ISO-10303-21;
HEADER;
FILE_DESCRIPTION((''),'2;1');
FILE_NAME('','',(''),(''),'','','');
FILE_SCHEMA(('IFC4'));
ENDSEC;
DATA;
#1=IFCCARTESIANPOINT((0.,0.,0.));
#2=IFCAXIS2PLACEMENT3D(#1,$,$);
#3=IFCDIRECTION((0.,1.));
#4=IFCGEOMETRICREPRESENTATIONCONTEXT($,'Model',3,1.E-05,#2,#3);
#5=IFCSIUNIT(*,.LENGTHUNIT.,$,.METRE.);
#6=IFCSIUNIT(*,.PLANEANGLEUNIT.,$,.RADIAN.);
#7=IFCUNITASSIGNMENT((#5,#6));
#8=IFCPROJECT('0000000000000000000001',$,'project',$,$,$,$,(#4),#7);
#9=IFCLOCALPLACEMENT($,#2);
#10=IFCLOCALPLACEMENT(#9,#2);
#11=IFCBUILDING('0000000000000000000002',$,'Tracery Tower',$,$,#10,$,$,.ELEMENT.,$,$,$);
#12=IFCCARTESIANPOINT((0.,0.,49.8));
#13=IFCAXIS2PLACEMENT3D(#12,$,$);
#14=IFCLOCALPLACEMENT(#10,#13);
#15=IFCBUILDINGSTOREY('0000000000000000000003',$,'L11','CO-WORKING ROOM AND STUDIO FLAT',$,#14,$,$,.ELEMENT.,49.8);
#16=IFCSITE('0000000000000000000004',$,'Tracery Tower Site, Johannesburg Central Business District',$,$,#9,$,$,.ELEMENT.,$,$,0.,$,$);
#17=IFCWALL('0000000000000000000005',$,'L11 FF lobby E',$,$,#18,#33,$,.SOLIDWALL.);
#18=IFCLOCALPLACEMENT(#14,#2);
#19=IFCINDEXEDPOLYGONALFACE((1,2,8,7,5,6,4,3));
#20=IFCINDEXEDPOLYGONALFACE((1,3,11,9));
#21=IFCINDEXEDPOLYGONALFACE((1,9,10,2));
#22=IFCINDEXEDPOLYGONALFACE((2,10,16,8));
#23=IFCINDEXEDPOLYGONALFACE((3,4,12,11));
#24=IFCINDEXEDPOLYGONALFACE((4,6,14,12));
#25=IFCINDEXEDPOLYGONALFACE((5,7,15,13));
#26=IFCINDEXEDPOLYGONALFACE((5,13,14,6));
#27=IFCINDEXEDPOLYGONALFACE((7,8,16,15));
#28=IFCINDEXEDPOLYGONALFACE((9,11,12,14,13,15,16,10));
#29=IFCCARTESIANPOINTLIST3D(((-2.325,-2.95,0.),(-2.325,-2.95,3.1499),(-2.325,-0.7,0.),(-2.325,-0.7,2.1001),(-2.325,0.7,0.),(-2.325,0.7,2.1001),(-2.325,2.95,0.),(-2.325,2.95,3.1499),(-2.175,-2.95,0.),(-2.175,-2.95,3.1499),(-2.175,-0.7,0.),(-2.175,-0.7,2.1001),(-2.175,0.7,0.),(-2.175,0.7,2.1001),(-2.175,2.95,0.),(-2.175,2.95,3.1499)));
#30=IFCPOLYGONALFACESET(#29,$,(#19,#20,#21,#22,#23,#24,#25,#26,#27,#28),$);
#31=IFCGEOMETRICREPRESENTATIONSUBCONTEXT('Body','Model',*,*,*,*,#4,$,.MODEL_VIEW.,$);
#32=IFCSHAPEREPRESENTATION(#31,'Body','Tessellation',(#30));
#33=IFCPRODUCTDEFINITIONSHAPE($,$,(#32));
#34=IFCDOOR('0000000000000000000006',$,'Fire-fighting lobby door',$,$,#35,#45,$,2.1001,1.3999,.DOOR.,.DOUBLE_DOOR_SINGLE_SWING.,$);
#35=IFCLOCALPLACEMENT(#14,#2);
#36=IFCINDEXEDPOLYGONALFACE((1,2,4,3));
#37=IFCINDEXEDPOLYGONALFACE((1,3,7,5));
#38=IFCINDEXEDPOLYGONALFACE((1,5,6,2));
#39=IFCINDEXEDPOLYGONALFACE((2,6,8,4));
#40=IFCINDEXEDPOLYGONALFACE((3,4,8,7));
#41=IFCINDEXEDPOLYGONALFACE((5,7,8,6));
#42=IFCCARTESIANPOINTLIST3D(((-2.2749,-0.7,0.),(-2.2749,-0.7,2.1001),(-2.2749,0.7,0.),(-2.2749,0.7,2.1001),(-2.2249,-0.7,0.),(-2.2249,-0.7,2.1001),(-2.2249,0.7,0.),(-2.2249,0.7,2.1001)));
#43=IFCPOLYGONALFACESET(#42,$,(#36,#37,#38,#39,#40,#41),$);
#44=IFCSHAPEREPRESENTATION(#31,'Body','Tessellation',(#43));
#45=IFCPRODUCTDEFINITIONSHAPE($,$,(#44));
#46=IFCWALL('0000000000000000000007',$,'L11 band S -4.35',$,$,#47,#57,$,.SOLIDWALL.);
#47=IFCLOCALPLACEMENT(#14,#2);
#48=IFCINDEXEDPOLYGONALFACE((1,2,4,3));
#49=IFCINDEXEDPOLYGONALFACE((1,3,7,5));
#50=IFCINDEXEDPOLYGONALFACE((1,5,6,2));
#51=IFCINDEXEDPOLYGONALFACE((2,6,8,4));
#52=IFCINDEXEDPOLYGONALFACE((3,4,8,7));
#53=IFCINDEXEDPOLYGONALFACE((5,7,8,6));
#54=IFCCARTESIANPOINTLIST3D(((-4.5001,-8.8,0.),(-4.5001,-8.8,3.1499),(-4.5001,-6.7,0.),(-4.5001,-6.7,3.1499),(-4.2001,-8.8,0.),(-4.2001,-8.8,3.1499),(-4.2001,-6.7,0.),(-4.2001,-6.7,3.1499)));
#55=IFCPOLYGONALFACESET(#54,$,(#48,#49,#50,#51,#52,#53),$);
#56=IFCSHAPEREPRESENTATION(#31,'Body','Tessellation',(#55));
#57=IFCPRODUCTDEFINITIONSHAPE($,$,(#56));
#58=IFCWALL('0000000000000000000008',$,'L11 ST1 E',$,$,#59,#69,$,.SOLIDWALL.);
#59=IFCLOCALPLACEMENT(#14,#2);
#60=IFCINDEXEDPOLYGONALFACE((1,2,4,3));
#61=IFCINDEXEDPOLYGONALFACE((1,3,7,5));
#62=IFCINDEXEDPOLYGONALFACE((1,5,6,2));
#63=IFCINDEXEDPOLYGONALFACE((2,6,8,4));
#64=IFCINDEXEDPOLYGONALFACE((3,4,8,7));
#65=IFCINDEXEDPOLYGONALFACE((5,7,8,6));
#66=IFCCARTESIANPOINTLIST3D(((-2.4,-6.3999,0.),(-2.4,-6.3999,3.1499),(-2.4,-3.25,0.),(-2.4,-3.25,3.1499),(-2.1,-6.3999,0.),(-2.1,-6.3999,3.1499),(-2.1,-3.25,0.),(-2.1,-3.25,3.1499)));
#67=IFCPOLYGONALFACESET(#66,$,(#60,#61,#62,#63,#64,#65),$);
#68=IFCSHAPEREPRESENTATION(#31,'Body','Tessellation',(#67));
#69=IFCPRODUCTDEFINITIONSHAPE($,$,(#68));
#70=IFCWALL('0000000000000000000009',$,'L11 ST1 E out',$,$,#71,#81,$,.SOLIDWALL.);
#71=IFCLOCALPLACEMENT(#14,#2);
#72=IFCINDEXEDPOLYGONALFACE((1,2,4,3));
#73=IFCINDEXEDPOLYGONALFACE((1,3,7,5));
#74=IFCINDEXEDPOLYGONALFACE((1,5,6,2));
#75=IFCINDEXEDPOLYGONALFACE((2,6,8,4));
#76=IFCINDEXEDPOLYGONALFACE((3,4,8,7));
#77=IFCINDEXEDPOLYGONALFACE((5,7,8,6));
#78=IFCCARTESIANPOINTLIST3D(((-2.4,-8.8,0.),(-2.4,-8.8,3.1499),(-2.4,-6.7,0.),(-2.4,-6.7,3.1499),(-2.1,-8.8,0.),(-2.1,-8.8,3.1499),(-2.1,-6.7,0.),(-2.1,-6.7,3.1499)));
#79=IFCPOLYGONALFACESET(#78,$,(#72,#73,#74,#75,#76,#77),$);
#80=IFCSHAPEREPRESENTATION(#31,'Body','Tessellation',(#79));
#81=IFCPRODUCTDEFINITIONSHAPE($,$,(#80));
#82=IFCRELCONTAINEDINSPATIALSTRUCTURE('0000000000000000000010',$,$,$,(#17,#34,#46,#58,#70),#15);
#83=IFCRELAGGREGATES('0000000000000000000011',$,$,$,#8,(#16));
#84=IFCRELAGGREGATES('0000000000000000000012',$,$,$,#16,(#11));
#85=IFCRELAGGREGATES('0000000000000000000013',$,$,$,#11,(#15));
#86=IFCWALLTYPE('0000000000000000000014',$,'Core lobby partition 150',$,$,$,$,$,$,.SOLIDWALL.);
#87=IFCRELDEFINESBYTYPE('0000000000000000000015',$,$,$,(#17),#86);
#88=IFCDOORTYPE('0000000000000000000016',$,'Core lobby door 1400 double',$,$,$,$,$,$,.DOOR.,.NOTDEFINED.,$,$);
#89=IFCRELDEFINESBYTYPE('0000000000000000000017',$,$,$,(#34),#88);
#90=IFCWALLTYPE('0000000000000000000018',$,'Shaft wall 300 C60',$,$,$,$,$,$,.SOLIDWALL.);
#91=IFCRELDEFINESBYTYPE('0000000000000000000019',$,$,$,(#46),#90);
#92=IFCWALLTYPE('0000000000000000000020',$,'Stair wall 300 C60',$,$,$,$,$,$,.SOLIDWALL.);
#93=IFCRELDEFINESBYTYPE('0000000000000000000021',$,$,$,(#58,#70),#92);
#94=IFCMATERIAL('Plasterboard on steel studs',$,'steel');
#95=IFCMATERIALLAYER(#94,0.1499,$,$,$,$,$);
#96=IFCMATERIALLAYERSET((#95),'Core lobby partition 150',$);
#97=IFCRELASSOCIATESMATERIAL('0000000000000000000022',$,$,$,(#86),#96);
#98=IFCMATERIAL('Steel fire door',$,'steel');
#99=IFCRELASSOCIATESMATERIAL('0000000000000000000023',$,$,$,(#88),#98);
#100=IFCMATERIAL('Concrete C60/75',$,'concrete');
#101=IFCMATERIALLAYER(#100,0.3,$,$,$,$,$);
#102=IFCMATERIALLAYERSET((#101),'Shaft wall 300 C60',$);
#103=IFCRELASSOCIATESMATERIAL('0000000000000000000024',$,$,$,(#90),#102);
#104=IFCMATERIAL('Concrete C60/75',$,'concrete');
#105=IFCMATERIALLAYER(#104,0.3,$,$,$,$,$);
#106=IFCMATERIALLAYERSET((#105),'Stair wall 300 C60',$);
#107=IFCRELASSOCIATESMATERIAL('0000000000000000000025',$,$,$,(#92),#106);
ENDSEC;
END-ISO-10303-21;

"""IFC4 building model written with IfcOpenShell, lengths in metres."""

from ifc_helpers import new_model, si_unit, direction, frame, frame_2d, origin, place, context, subcontext, project, spatial, rectangle, extrude, material, layer, layer_set, type_object, element, fill, save


model = new_model("IFC4")

# Units and contexts
model_context = context("Model", 3, precision=1e-05, world=origin(), true_north=direction((0.0, 1.0)))
body_context = subcontext(model_context, "Body", "Model", "MODEL_VIEW")
ifc_project = project(units=[si_unit("LENGTHUNIT", "METRE"), si_unit("PLANEANGLEUNIT", "RADIAN")], contexts=[model_context])

# Site, building, storey
site_placement = place(None, origin())
site = spatial("IfcSite", under=ifc_project, at=site_placement, Name="Tracery Tower Site, Johannesburg Central Business District", CompositionType="ELEMENT", RefElevation=0.0)
building_placement = place(site_placement, origin())
building = spatial("IfcBuilding", under=site, at=building_placement, Name="Tracery Tower", CompositionType="ELEMENT")
storey_placement = place(building_placement, frame((0.0, 0.0, 49.8)))
storey = spatial("IfcBuildingStorey", under=building, at=storey_placement, Name="L11", Description="CO-WORKING ROOM AND STUDIO FLAT", CompositionType="ELEMENT", Elevation=49.8)

# Wall, opening, door
ifc_material_1 = material(Name="Plasterboard on steel studs", Category="steel")
ifc_layer_1 = layer(ifc_material_1, 0.1499)
ifc_layer_set_1 = layer_set([ifc_layer_1], Name="Core lobby partition 150")
wall_type_1 = type_object("IfcWallType", Name="Core lobby partition 150", PredefinedType="SOLIDWALL", material=ifc_layer_set_1)
wall_1_placement = place(storey_placement, frame((-2.25, -2.95, 0.0), z_axis=(0.0, 0.0, 1.0), x_axis=(0.0, 1.0, 0.0)))
wall_1 = element("IfcWall", 1, at=wall_1_placement, inside=storey, type_object=wall_type_1, Name="L11 FF lobby E", PredefinedType="SOLIDWALL", context=body_context, shape_type="SweptSolid", body=[
    extrude(rectangle(XDim=5.8999, YDim=0.1499, at=frame_2d((2.95, 0.0))), origin(), (0.0, 0.0, 1.0), 3.1499),
])
opening_1_placement = place(wall_1_placement, frame((2.25, 0.0, 0.0)))
opening_1 = element("IfcOpeningElement", 2, at=opening_1_placement, cuts=wall_1, PredefinedType="OPENING", context=body_context, shape_type="SweptSolid", body=[
    extrude(rectangle(XDim=1.3999, YDim=2.1001, at=frame_2d((0.7, 1.05))), frame((0.0, 0.075, 0.0), z_axis=(0.0, -1.0, 0.0), x_axis=(1.0, 0.0, 0.0)), (0.0, 0.0, 1.0), 0.1499),
])
ifc_material_2 = material(Name="Steel fire door", Category="steel")
door_type_1 = type_object("IfcDoorType", Name="Core lobby door 1400 double", OperationType="NOTDEFINED", PredefinedType="DOOR", material=ifc_material_2)
door_1_placement = place(opening_1_placement, origin())
door_1 = element("IfcDoor", 3, at=door_1_placement, inside=storey, type_object=door_type_1, Name="Fire-fighting lobby door", OperationType="DOUBLE_DOOR_SINGLE_SWING", OverallHeight=2.1001, OverallWidth=1.3999, PredefinedType="DOOR", context=body_context, shape_type="SweptSolid", body=[
    extrude(rectangle(XDim=1.3999, YDim=2.1001, at=frame_2d((0.7, 1.05))), frame((0.0, 0.0249, 0.0), z_axis=(0.0, -1.0, 0.0), x_axis=(1.0, 0.0, 0.0)), (0.0, 0.0, 1.0), 0.05),
])
fill(opening_1, door_1)

# Shared definitions
ifc_material_3 = material(Name="Concrete C60/75", Category="concrete")
ifc_layer_2 = layer(ifc_material_3, 0.3)
ifc_layer_set_2 = layer_set([ifc_layer_2], Name="Shaft wall 300 C60")
wall_type_2 = type_object("IfcWallType", Name="Shaft wall 300 C60", PredefinedType="SOLIDWALL", material=ifc_layer_set_2)

# Wall
wall_2_placement = place(storey_placement, frame((-4.3501, -8.8, 0.0), z_axis=(0.0, 0.0, 1.0), x_axis=(0.0, 1.0, 0.0)))
element("IfcWall", 4, at=wall_2_placement, inside=storey, type_object=wall_type_2, Name="L11 band S -4.35", PredefinedType="SOLIDWALL", context=body_context, shape_type="SweptSolid", body=[
    extrude(rectangle(XDim=2.1001, YDim=0.3, at=frame_2d((1.05, 0.0))), origin(), (0.0, 0.0, 1.0), 3.1499),
])

# Shared definitions
ifc_material_4 = material(Name="Concrete C60/75", Category="concrete")
ifc_layer_3 = layer(ifc_material_4, 0.3)
ifc_layer_set_3 = layer_set([ifc_layer_3], Name="Stair wall 300 C60")
wall_type_3 = type_object("IfcWallType", Name="Stair wall 300 C60", PredefinedType="SOLIDWALL", material=ifc_layer_set_3)

# Walls
wall_3_placement = place(storey_placement, frame((-2.25, -6.3999, 0.0), z_axis=(0.0, 0.0, 1.0), x_axis=(0.0, 1.0, 0.0)))
element("IfcWall", 5, at=wall_3_placement, inside=storey, type_object=wall_type_3, Name="L11 ST1 E", PredefinedType="SOLIDWALL", context=body_context, shape_type="SweptSolid", body=[
    extrude(rectangle(XDim=3.1499, YDim=0.3, at=frame_2d((1.575, 0.0))), origin(), (0.0, 0.0, 1.0), 3.1499),
])
wall_4_placement = place(storey_placement, frame((-2.25, -8.8, 0.0), z_axis=(0.0, 0.0, 1.0), x_axis=(0.0, 1.0, 0.0)))
element("IfcWall", 6, at=wall_4_placement, inside=storey, type_object=wall_type_3, Name="L11 ST1 E out", PredefinedType="SOLIDWALL", context=body_context, shape_type="SweptSolid", body=[
    extrude(rectangle(XDim=2.1001, YDim=0.3, at=frame_2d((1.05, 0.0))), origin(), (0.0, 0.0, 1.0), 3.1499),
])

save(model, "model.ifc")
